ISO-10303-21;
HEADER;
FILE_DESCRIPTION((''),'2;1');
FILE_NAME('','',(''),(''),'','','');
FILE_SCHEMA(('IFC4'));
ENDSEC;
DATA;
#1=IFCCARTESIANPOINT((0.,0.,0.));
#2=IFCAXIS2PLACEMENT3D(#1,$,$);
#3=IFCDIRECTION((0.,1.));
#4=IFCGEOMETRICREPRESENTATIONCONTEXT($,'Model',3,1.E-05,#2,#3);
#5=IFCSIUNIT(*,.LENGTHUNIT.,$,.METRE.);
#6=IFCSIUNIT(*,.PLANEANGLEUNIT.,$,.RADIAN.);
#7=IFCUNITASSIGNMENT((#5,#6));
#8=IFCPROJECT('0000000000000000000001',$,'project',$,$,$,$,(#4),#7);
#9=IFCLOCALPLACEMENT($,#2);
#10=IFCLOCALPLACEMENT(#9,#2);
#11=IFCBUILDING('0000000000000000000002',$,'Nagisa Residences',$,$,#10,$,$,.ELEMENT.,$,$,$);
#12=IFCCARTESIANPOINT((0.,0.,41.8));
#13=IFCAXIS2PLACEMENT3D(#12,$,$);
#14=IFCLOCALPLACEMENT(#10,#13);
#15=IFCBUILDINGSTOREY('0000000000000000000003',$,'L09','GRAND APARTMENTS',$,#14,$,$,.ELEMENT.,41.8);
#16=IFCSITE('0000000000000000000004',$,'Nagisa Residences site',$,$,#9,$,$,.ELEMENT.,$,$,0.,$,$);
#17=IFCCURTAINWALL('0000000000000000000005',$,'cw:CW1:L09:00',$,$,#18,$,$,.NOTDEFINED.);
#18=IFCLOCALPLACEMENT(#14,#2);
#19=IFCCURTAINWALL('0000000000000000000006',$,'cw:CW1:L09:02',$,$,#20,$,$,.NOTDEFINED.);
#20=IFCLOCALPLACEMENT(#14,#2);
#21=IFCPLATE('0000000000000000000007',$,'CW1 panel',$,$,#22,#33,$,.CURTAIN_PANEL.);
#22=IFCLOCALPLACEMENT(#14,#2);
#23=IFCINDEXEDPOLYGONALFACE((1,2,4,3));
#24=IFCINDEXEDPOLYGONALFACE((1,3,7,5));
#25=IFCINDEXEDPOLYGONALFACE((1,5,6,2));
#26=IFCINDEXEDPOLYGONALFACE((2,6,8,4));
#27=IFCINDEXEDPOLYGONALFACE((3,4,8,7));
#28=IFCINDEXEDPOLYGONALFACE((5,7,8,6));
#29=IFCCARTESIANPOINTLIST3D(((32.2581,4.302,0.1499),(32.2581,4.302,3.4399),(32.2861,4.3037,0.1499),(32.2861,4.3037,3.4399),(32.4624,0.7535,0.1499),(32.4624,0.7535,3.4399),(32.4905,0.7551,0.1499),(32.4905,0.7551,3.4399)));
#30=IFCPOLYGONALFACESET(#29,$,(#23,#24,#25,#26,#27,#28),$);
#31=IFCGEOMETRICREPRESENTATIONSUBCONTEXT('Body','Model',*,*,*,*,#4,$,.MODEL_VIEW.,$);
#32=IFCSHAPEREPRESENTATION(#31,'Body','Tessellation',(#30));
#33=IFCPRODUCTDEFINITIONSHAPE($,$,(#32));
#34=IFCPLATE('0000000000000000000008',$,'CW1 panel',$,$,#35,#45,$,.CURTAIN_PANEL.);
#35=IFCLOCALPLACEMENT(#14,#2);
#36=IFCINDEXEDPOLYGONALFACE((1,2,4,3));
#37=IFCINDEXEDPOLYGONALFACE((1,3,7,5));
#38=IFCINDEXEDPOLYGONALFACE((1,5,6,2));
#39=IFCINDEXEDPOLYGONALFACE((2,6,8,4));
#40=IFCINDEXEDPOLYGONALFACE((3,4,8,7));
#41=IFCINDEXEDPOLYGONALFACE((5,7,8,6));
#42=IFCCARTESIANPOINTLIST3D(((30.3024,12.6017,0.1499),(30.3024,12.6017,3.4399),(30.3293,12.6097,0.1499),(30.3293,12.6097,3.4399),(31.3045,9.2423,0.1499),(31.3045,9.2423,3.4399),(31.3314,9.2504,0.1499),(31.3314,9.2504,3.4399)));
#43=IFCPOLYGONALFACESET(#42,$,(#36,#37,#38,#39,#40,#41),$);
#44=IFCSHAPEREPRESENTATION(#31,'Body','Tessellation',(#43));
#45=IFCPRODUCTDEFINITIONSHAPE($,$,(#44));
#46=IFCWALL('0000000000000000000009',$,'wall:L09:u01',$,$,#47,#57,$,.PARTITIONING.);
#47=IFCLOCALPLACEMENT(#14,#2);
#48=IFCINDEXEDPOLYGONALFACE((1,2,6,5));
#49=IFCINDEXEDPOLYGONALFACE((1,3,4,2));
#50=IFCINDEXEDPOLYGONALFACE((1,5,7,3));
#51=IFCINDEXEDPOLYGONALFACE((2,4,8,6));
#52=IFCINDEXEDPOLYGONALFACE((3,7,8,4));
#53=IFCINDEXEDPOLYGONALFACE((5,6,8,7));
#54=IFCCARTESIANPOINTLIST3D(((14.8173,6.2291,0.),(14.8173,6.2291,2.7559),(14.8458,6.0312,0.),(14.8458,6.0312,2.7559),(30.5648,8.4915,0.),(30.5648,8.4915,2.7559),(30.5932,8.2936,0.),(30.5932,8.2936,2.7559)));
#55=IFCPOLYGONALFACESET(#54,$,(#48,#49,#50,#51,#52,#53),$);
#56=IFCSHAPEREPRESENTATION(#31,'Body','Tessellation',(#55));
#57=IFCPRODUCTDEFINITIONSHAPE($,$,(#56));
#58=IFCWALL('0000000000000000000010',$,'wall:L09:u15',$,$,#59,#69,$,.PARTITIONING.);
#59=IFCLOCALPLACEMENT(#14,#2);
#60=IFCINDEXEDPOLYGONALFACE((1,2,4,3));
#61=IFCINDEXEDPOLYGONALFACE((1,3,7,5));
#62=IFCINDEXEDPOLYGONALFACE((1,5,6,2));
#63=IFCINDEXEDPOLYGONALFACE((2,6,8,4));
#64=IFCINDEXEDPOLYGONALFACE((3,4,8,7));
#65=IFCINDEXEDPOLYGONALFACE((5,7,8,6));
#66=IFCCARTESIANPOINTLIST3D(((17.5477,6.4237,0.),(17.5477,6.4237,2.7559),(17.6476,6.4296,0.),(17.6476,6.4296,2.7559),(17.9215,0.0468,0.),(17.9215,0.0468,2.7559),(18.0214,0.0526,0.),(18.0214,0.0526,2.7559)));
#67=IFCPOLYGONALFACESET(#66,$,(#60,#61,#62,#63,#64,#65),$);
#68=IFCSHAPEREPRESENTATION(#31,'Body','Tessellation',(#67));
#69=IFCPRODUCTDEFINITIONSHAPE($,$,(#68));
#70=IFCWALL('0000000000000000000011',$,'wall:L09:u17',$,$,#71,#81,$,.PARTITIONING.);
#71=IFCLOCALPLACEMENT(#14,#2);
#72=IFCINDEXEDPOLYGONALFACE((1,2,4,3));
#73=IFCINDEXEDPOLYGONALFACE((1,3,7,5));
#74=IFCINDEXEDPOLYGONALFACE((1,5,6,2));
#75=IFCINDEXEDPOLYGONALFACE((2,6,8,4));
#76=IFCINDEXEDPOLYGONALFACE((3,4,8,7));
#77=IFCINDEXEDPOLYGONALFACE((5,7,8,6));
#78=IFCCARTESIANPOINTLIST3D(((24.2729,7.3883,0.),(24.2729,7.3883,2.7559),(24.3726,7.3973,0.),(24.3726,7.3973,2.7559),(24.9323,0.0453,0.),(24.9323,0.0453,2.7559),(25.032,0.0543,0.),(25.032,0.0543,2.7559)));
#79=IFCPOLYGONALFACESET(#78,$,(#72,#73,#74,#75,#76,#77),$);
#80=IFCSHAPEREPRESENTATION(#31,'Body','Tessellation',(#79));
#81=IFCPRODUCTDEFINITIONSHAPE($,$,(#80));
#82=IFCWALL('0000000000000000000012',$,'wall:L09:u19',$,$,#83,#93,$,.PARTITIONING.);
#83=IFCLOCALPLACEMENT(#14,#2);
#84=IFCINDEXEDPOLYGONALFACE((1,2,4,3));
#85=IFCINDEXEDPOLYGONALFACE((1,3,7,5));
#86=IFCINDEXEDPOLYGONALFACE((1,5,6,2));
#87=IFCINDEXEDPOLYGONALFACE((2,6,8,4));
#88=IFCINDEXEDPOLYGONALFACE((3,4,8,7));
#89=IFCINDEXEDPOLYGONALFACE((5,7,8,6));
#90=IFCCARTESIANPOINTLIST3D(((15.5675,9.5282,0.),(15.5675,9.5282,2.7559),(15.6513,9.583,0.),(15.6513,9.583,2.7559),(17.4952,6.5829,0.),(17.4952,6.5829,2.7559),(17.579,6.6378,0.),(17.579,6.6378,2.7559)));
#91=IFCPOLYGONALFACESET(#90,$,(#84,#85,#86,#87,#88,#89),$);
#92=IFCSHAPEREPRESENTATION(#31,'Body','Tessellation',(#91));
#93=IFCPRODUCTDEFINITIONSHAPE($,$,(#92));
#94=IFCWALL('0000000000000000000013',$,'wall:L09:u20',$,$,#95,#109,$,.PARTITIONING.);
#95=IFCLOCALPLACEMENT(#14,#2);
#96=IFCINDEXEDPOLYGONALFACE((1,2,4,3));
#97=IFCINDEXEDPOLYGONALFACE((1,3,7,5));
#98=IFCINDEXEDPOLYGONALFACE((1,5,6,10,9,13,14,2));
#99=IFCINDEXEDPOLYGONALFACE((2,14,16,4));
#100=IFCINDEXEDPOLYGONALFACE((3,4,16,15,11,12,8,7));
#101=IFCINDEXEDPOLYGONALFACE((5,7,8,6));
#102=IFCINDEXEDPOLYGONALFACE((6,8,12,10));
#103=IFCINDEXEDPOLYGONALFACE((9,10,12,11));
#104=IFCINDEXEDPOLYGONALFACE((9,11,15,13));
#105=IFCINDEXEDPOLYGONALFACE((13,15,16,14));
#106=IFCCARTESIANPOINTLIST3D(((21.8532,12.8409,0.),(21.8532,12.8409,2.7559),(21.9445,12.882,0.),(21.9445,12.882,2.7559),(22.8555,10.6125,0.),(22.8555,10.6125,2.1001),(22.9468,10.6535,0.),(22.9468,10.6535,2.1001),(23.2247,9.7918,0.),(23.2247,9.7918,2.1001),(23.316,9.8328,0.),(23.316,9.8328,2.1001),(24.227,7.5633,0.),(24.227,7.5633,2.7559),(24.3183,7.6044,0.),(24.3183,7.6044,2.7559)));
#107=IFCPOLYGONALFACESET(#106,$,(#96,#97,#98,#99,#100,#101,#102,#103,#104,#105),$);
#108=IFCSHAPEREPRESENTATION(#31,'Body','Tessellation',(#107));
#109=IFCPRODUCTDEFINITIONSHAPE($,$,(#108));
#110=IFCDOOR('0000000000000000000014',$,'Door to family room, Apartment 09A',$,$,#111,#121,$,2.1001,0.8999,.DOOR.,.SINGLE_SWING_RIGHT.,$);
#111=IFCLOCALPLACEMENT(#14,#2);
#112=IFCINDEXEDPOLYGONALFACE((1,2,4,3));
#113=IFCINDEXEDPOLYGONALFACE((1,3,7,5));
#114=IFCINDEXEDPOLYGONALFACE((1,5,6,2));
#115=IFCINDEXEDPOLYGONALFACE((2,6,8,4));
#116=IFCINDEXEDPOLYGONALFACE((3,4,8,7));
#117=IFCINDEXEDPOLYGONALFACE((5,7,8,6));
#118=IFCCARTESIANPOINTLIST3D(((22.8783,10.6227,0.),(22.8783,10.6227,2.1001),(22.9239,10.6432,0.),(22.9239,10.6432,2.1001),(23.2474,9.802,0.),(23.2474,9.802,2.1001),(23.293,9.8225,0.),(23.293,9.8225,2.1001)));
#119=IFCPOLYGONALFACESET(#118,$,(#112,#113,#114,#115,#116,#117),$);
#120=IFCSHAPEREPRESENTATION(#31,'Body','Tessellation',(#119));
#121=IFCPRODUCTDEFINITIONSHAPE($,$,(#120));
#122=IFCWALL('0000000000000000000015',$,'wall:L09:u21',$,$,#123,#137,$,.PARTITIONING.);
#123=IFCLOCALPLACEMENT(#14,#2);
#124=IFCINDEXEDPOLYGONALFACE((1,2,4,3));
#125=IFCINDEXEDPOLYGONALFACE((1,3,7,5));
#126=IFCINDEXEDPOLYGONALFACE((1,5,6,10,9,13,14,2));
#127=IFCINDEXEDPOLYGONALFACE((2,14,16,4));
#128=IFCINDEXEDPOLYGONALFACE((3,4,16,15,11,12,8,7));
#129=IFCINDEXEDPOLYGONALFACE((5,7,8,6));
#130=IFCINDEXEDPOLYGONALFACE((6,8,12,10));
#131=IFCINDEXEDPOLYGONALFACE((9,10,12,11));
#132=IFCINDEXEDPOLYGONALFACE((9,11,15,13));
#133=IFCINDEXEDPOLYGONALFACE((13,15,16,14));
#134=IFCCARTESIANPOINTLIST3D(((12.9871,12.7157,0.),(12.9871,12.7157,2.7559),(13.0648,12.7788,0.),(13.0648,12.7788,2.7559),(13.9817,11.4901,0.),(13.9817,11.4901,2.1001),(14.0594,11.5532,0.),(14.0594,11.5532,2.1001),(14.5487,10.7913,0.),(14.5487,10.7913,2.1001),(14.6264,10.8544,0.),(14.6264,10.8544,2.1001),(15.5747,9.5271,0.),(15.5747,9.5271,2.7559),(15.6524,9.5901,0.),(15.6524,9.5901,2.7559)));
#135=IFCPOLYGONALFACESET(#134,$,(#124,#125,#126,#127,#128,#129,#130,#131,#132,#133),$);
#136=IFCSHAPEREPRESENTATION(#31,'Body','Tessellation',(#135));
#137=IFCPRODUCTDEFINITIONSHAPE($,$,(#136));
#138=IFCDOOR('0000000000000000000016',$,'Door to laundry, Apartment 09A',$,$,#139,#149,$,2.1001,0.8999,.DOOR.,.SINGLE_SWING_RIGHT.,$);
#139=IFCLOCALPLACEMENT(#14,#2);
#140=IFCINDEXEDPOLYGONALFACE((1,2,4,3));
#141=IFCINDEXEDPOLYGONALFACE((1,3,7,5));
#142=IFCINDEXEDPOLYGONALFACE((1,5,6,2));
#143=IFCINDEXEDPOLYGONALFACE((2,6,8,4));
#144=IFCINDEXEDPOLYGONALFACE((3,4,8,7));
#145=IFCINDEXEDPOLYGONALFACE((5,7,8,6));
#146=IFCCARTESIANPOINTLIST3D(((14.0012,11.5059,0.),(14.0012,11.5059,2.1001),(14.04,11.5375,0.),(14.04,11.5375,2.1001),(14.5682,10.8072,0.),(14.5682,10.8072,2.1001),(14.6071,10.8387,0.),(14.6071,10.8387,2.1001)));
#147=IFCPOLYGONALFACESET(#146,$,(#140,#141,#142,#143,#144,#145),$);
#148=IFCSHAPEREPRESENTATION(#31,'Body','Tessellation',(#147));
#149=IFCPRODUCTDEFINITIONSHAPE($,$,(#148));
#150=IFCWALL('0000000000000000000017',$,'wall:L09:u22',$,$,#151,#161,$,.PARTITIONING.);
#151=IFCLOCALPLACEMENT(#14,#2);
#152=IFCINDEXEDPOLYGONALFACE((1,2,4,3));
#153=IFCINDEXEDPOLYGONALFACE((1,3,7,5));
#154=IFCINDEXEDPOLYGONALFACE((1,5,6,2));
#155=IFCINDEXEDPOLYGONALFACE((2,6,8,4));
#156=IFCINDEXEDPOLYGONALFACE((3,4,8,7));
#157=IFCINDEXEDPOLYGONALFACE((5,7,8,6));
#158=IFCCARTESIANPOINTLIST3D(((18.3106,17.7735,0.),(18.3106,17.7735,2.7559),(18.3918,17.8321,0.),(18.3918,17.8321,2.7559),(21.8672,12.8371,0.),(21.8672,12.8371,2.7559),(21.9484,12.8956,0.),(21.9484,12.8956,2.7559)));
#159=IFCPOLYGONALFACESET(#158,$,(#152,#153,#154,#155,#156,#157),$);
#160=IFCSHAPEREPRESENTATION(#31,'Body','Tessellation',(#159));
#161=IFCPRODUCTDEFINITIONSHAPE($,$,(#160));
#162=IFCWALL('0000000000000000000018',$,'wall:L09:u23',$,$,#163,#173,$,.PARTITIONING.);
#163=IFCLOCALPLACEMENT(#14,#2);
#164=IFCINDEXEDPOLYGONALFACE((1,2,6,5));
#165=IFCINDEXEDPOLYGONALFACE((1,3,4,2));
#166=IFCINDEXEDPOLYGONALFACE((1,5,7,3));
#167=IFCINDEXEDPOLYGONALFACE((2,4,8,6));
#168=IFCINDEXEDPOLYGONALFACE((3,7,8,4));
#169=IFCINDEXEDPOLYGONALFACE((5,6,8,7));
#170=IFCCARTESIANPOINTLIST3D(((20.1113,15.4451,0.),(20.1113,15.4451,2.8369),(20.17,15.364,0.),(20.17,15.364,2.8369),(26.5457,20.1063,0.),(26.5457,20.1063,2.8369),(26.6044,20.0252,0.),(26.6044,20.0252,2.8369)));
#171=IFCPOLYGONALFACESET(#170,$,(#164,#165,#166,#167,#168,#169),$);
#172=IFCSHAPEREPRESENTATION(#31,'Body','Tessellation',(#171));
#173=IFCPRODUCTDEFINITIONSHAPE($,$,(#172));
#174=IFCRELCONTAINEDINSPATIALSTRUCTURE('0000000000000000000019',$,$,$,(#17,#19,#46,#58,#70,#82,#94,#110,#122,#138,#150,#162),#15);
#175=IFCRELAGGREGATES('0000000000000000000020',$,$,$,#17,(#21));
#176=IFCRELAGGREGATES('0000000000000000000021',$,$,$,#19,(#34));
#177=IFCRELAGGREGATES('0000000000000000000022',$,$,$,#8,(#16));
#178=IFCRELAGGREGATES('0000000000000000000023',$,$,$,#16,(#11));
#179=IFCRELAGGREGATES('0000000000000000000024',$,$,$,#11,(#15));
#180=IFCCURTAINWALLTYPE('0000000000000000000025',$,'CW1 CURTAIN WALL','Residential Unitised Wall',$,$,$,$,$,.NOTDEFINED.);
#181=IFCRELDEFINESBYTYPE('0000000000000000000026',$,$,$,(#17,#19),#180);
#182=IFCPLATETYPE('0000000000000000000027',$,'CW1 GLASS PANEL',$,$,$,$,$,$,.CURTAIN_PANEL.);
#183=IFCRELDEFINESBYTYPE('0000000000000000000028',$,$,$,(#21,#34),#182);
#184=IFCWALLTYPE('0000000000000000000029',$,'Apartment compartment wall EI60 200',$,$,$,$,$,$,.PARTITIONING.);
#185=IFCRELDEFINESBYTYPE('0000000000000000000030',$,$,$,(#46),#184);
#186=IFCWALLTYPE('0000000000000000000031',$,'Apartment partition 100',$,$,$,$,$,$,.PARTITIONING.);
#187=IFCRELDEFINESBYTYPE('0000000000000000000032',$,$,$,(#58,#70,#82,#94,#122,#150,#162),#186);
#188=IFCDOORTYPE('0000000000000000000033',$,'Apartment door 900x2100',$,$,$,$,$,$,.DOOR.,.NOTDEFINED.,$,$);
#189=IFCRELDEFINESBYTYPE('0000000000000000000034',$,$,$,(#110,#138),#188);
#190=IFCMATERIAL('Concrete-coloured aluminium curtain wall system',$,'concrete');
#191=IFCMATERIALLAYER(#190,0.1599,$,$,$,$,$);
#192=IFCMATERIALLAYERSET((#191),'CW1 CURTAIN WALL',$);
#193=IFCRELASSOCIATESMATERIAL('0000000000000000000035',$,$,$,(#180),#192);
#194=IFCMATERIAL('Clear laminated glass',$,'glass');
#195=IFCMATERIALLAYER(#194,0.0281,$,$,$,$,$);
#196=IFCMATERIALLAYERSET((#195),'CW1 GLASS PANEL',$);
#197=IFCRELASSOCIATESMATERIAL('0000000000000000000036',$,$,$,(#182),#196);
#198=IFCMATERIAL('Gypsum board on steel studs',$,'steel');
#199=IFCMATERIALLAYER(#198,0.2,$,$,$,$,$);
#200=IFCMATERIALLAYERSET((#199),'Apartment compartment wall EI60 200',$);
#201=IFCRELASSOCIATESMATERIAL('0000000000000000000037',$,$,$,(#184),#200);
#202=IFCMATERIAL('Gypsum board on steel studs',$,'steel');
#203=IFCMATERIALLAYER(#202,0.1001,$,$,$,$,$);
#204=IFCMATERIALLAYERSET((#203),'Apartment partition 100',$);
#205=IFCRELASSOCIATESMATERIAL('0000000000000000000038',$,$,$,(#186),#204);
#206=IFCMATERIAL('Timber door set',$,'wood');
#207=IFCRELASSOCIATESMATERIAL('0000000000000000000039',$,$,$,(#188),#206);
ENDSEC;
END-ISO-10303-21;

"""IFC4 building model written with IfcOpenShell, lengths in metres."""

from ifc_helpers import new_model, si_unit, direction, frame, frame_2d, origin, origin_2d, place, context, subcontext, project, spatial, rectangle, extrude, material, layer, layer_set, type_object, element, fill, aggregate, save


model = new_model("IFC4")

# Units and contexts
model_context = context("Model", 3, precision=1e-05, world=origin(), true_north=direction((0.0, 1.0)))
body_context = subcontext(model_context, "Body", "Model", "MODEL_VIEW")
ifc_project = project(units=[si_unit("LENGTHUNIT", "METRE"), si_unit("PLANEANGLEUNIT", "RADIAN")], contexts=[model_context])

# Site, building, storey
site_placement = place(None, origin())
site = spatial("IfcSite", under=ifc_project, at=site_placement, Name="Nagisa Residences site", CompositionType="ELEMENT", RefElevation=0.0)
building_placement = place(site_placement, origin())
building = spatial("IfcBuilding", under=site, at=building_placement, Name="Nagisa Residences", CompositionType="ELEMENT")
storey_placement = place(building_placement, frame((0.0, 0.0, 41.8)))
storey = spatial("IfcBuildingStorey", under=building, at=storey_placement, Name="L09", Description="GRAND APARTMENTS", CompositionType="ELEMENT", Elevation=41.8)

# Curtain walls
ifc_material_1 = material(Name="Concrete-coloured aluminium curtain wall system", Category="concrete")
ifc_layer_1 = layer(ifc_material_1, 0.1599)
ifc_layer_set_1 = layer_set([ifc_layer_1], Name="CW1 CURTAIN WALL")
curtain_wall_type = type_object("IfcCurtainWallType", Name="CW1 CURTAIN WALL", Description="Residential Unitised Wall", PredefinedType="NOTDEFINED", material=ifc_layer_set_1)
curtain_wall_1_placement = place(storey_placement, origin())
curtain_wall_1 = element("IfcCurtainWall", 1, at=curtain_wall_1_placement, inside=storey, type_object=curtain_wall_type, Name="cw:CW1:L09:00", PredefinedType="NOTDEFINED")
curtain_wall_2_placement = place(storey_placement, origin())
curtain_wall_2 = element("IfcCurtainWall", 2, at=curtain_wall_2_placement, inside=storey, type_object=curtain_wall_type, Name="cw:CW1:L09:02", PredefinedType="NOTDEFINED")

# Plates
ifc_material_2 = material(Name="Clear laminated glass", Category="glass")
ifc_layer_2 = layer(ifc_material_2, 0.0281)
ifc_layer_set_2 = layer_set([ifc_layer_2], Name="CW1 GLASS PANEL")
plate_type = type_object("IfcPlateType", Name="CW1 GLASS PANEL", PredefinedType="CURTAIN_PANEL", material=ifc_layer_set_2)
plate_1_placement = place(storey_placement, frame((32.3743, 2.5286, 0.1499), z_axis=(0.0, 0.0, 1.0), x_axis=(-0.057503, 0.998345, 0.0)))
plate_1 = element("IfcPlate", 3, at=plate_1_placement, type_object=plate_type, Name="CW1 panel", PredefinedType="CURTAIN_PANEL", context=body_context, shape_type="SweptSolid", body=[
    extrude(rectangle(XDim=3.5544, YDim=0.0281, at=origin_2d()), origin(), (0.0, 0.0, 1.0), 3.29),
])
aggregate(curtain_wall_1, [plate_1])
plate_2_placement = place(storey_placement, frame((30.8169, 10.926, 0.1499), z_axis=(0.0, 0.0, 1.0), x_axis=(-0.28586, 0.958271, 0.0)))
plate_2 = element("IfcPlate", 4, at=plate_2_placement, type_object=plate_type, Name="CW1 panel", PredefinedType="CURTAIN_PANEL", context=body_context, shape_type="SweptSolid", body=[
    extrude(rectangle(XDim=3.5056, YDim=0.0281, at=origin_2d()), origin(), (0.0, 0.0, 1.0), 3.29),
])
aggregate(curtain_wall_2, [plate_2])

# Walls
ifc_material_3 = material(Name="Gypsum board on steel studs", Category="steel")
ifc_layer_3 = layer(ifc_material_3, 0.2)
ifc_layer_set_3 = layer_set([ifc_layer_3], Name="Apartment compartment wall EI60 200")
wall_type_1 = type_object("IfcWallType", Name="Apartment compartment wall EI60 200", PredefinedType="PARTITIONING", material=ifc_layer_set_3)
wall_1_placement = place(storey_placement, frame((14.8315, 6.1301, 0.0), z_axis=(0.0, 0.0, 1.0), x_axis=(0.989837, 0.14221, 0.0)))
element("IfcWall", 5, at=wall_1_placement, inside=storey, type_object=wall_type_1, Name="wall:L09:u01", PredefinedType="PARTITIONING", context=body_context, shape_type="SweptSolid", body=[
    extrude(rectangle(XDim=15.9092, YDim=0.2, at=frame_2d((7.9546, 0.0))), origin(), (0.0, 0.0, 1.0), 2.7559),
])
ifc_material_4 = material(Name="Gypsum board on steel studs", Category="steel")
ifc_layer_4 = layer(ifc_material_4, 0.1001)
ifc_layer_set_4 = layer_set([ifc_layer_4], Name="Apartment partition 100")
wall_type_2 = type_object("IfcWallType", Name="Apartment partition 100", PredefinedType="PARTITIONING", material=ifc_layer_set_4)
wall_2_placement = place(storey_placement, frame((17.9714, 0.0498, 0.0), z_axis=(0.0, 0.0, 1.0), x_axis=(-0.058514, 0.998287, 0.0)))
element("IfcWall", 6, at=wall_2_placement, inside=storey, type_object=wall_type_2, Name="wall:L09:u15", PredefinedType="PARTITIONING", context=body_context, shape_type="SweptSolid", body=[
    extrude(rectangle(XDim=6.3879, YDim=0.1001, at=frame_2d((3.1938, 0.0))), origin(), (0.0, 0.0, 1.0), 2.7559),
])
wall_3_placement = place(storey_placement, frame((24.9822, 0.0498, 0.0), z_axis=(0.0, 0.0, 1.0), x_axis=(-0.089443, 0.995992, 0.0)))
element("IfcWall", 7, at=wall_3_placement, inside=storey, type_object=wall_type_2, Name="wall:L09:u17", PredefinedType="PARTITIONING", context=body_context, shape_type="SweptSolid", body=[
    extrude(rectangle(XDim=7.3726, YDim=0.1001, at=frame_2d((3.6863, 0.0))), origin(), (0.0, 0.0, 1.0), 2.7559),
])
wall_4_placement = place(storey_placement, frame((17.5371, 6.6104, 0.0), z_axis=(0.0, 0.0, 1.0), x_axis=(-0.547638, 0.836715, 0.0)))
element("IfcWall", 8, at=wall_4_placement, inside=storey, type_object=wall_type_2, Name="wall:L09:u19", PredefinedType="PARTITIONING", context=body_context, shape_type="SweptSolid", body=[
    extrude(rectangle(XDim=3.52, YDim=0.1001, at=frame_2d((1.76, 0.0))), origin(), (0.0, 0.0, 1.0), 2.7559),
])

# Walls, openings, doors
wall_5_placement = place(storey_placement, frame((24.2727, 7.5837, 0.0), z_axis=(0.0, 0.0, 1.0), x_axis=(-0.410202, 0.911995, 0.0)))
wall_5 = element("IfcWall", 9, at=wall_5_placement, inside=storey, type_object=wall_type_2, Name="wall:L09:u20", PredefinedType="PARTITIONING", context=body_context, shape_type="SweptSolid", body=[
    extrude(rectangle(XDim=5.7869, YDim=0.1001, at=frame_2d((2.8936, 0.0))), origin(), (0.0, 0.0, 1.0), 2.7559),
])
opening_1_placement = place(wall_5_placement, frame((2.4436, 0.0, 0.0)))
opening_1 = element("IfcOpeningElement", 10, at=opening_1_placement, cuts=wall_5, PredefinedType="OPENING", context=body_context, shape_type="SweptSolid", body=[
    extrude(rectangle(XDim=0.8999, YDim=2.1001, at=frame_2d((0.45, 1.05))), frame((0.0, 0.0601, 0.0), z_axis=(0.0, -1.0, 0.0), x_axis=(1.0, 0.0, 0.0)), (0.0, 0.0, 1.0), 0.1201),
])
ifc_material_5 = material(Name="Timber door set", Category="wood")
door_type_1 = type_object("IfcDoorType", Name="Apartment door 900x2100", OperationType="NOTDEFINED", PredefinedType="DOOR", material=ifc_material_5)
door_1_placement = place(opening_1_placement, frame((0.8999, 0.0, 0.0), x_axis=(-1.0, 0.0, 0.0)))
door_1 = element("IfcDoor", 11, at=door_1_placement, inside=storey, type_object=door_type_1, Name="Door to family room, Apartment 09A", OperationType="SINGLE_SWING_RIGHT", OverallHeight=2.1001, OverallWidth=0.8999, PredefinedType="DOOR", context=body_context, shape_type="SweptSolid", body=[
    extrude(rectangle(XDim=0.8999, YDim=2.1001, at=frame_2d((0.45, 1.05))), frame((0.0, 0.0249, 0.0), z_axis=(0.0, -1.0, 0.0), x_axis=(1.0, 0.0, 0.0)), (0.0, 0.0, 1.0), 0.05),
])
fill(opening_1, door_1)
wall_6_placement = place(storey_placement, frame((15.6135, 9.5586, 0.0), z_axis=(0.0, 0.0, 1.0), x_axis=(-0.630125, 0.776494, 0.0)))
wall_6 = element("IfcWall", 12, at=wall_6_placement, inside=storey, type_object=wall_type_2, Name="wall:L09:u21", PredefinedType="PARTITIONING", context=body_context, shape_type="SweptSolid", body=[
    extrude(rectangle(XDim=4.1064, YDim=0.1001, at=frame_2d((2.0532, 0.0))), origin(), (0.0, 0.0, 1.0), 2.7559),
])
opening_2_placement = place(wall_6_placement, frame((1.6282, 0.0, 0.0)))
opening_2 = element("IfcOpeningElement", 13, at=opening_2_placement, cuts=wall_6, PredefinedType="OPENING", context=body_context, shape_type="SweptSolid", body=[
    extrude(rectangle(XDim=0.8999, YDim=2.1001, at=frame_2d((0.45, 1.05))), frame((0.0, 0.0601, 0.0), z_axis=(0.0, -1.0, 0.0), x_axis=(1.0, 0.0, 0.0)), (0.0, 0.0, 1.0), 0.1201),
])
door_2_placement = place(opening_2_placement, origin())
door_2 = element("IfcDoor", 14, at=door_2_placement, inside=storey, type_object=door_type_1, Name="Door to laundry, Apartment 09A", OperationType="SINGLE_SWING_RIGHT", OverallHeight=2.1001, OverallWidth=0.8999, PredefinedType="DOOR", context=body_context, shape_type="SweptSolid", body=[
    extrude(rectangle(XDim=0.8999, YDim=2.1001, at=frame_2d((0.45, 1.05))), frame((0.0, 0.0249, 0.0), z_axis=(0.0, -1.0, 0.0), x_axis=(1.0, 0.0, 0.0)), (0.0, 0.0, 1.0), 0.05),
])
fill(opening_2, door_2)

# Walls
wall_7_placement = place(storey_placement, frame((21.9077, 12.8665, 0.0), z_axis=(0.0, 0.0, 1.0), x_axis=(-0.584558, 0.811352, 0.0)))
element("IfcWall", 15, at=wall_7_placement, inside=storey, type_object=wall_type_2, Name="wall:L09:u22", PredefinedType="PARTITIONING", context=body_context, shape_type="SweptSolid", body=[
    extrude(rectangle(XDim=6.0842, YDim=0.1001, at=frame_2d((3.042, 0.0))), origin(), (0.0, 0.0, 1.0), 2.7559),
])
wall_8_placement = place(storey_placement, frame((20.1406, 15.4045, 0.0), z_axis=(0.0, 0.0, 1.0), x_axis=(0.809835, 0.586658, 0.0)))
element("IfcWall", 16, at=wall_8_placement, inside=storey, type_object=wall_type_2, Name="wall:L09:u23", PredefinedType="PARTITIONING", context=body_context, shape_type="SweptSolid", body=[
    extrude(rectangle(XDim=7.9453, YDim=0.1001, at=frame_2d((3.9727, 0.0))), origin(), (0.0, 0.0, 1.0), 2.8369),
])

save(model, "model.ifc")
